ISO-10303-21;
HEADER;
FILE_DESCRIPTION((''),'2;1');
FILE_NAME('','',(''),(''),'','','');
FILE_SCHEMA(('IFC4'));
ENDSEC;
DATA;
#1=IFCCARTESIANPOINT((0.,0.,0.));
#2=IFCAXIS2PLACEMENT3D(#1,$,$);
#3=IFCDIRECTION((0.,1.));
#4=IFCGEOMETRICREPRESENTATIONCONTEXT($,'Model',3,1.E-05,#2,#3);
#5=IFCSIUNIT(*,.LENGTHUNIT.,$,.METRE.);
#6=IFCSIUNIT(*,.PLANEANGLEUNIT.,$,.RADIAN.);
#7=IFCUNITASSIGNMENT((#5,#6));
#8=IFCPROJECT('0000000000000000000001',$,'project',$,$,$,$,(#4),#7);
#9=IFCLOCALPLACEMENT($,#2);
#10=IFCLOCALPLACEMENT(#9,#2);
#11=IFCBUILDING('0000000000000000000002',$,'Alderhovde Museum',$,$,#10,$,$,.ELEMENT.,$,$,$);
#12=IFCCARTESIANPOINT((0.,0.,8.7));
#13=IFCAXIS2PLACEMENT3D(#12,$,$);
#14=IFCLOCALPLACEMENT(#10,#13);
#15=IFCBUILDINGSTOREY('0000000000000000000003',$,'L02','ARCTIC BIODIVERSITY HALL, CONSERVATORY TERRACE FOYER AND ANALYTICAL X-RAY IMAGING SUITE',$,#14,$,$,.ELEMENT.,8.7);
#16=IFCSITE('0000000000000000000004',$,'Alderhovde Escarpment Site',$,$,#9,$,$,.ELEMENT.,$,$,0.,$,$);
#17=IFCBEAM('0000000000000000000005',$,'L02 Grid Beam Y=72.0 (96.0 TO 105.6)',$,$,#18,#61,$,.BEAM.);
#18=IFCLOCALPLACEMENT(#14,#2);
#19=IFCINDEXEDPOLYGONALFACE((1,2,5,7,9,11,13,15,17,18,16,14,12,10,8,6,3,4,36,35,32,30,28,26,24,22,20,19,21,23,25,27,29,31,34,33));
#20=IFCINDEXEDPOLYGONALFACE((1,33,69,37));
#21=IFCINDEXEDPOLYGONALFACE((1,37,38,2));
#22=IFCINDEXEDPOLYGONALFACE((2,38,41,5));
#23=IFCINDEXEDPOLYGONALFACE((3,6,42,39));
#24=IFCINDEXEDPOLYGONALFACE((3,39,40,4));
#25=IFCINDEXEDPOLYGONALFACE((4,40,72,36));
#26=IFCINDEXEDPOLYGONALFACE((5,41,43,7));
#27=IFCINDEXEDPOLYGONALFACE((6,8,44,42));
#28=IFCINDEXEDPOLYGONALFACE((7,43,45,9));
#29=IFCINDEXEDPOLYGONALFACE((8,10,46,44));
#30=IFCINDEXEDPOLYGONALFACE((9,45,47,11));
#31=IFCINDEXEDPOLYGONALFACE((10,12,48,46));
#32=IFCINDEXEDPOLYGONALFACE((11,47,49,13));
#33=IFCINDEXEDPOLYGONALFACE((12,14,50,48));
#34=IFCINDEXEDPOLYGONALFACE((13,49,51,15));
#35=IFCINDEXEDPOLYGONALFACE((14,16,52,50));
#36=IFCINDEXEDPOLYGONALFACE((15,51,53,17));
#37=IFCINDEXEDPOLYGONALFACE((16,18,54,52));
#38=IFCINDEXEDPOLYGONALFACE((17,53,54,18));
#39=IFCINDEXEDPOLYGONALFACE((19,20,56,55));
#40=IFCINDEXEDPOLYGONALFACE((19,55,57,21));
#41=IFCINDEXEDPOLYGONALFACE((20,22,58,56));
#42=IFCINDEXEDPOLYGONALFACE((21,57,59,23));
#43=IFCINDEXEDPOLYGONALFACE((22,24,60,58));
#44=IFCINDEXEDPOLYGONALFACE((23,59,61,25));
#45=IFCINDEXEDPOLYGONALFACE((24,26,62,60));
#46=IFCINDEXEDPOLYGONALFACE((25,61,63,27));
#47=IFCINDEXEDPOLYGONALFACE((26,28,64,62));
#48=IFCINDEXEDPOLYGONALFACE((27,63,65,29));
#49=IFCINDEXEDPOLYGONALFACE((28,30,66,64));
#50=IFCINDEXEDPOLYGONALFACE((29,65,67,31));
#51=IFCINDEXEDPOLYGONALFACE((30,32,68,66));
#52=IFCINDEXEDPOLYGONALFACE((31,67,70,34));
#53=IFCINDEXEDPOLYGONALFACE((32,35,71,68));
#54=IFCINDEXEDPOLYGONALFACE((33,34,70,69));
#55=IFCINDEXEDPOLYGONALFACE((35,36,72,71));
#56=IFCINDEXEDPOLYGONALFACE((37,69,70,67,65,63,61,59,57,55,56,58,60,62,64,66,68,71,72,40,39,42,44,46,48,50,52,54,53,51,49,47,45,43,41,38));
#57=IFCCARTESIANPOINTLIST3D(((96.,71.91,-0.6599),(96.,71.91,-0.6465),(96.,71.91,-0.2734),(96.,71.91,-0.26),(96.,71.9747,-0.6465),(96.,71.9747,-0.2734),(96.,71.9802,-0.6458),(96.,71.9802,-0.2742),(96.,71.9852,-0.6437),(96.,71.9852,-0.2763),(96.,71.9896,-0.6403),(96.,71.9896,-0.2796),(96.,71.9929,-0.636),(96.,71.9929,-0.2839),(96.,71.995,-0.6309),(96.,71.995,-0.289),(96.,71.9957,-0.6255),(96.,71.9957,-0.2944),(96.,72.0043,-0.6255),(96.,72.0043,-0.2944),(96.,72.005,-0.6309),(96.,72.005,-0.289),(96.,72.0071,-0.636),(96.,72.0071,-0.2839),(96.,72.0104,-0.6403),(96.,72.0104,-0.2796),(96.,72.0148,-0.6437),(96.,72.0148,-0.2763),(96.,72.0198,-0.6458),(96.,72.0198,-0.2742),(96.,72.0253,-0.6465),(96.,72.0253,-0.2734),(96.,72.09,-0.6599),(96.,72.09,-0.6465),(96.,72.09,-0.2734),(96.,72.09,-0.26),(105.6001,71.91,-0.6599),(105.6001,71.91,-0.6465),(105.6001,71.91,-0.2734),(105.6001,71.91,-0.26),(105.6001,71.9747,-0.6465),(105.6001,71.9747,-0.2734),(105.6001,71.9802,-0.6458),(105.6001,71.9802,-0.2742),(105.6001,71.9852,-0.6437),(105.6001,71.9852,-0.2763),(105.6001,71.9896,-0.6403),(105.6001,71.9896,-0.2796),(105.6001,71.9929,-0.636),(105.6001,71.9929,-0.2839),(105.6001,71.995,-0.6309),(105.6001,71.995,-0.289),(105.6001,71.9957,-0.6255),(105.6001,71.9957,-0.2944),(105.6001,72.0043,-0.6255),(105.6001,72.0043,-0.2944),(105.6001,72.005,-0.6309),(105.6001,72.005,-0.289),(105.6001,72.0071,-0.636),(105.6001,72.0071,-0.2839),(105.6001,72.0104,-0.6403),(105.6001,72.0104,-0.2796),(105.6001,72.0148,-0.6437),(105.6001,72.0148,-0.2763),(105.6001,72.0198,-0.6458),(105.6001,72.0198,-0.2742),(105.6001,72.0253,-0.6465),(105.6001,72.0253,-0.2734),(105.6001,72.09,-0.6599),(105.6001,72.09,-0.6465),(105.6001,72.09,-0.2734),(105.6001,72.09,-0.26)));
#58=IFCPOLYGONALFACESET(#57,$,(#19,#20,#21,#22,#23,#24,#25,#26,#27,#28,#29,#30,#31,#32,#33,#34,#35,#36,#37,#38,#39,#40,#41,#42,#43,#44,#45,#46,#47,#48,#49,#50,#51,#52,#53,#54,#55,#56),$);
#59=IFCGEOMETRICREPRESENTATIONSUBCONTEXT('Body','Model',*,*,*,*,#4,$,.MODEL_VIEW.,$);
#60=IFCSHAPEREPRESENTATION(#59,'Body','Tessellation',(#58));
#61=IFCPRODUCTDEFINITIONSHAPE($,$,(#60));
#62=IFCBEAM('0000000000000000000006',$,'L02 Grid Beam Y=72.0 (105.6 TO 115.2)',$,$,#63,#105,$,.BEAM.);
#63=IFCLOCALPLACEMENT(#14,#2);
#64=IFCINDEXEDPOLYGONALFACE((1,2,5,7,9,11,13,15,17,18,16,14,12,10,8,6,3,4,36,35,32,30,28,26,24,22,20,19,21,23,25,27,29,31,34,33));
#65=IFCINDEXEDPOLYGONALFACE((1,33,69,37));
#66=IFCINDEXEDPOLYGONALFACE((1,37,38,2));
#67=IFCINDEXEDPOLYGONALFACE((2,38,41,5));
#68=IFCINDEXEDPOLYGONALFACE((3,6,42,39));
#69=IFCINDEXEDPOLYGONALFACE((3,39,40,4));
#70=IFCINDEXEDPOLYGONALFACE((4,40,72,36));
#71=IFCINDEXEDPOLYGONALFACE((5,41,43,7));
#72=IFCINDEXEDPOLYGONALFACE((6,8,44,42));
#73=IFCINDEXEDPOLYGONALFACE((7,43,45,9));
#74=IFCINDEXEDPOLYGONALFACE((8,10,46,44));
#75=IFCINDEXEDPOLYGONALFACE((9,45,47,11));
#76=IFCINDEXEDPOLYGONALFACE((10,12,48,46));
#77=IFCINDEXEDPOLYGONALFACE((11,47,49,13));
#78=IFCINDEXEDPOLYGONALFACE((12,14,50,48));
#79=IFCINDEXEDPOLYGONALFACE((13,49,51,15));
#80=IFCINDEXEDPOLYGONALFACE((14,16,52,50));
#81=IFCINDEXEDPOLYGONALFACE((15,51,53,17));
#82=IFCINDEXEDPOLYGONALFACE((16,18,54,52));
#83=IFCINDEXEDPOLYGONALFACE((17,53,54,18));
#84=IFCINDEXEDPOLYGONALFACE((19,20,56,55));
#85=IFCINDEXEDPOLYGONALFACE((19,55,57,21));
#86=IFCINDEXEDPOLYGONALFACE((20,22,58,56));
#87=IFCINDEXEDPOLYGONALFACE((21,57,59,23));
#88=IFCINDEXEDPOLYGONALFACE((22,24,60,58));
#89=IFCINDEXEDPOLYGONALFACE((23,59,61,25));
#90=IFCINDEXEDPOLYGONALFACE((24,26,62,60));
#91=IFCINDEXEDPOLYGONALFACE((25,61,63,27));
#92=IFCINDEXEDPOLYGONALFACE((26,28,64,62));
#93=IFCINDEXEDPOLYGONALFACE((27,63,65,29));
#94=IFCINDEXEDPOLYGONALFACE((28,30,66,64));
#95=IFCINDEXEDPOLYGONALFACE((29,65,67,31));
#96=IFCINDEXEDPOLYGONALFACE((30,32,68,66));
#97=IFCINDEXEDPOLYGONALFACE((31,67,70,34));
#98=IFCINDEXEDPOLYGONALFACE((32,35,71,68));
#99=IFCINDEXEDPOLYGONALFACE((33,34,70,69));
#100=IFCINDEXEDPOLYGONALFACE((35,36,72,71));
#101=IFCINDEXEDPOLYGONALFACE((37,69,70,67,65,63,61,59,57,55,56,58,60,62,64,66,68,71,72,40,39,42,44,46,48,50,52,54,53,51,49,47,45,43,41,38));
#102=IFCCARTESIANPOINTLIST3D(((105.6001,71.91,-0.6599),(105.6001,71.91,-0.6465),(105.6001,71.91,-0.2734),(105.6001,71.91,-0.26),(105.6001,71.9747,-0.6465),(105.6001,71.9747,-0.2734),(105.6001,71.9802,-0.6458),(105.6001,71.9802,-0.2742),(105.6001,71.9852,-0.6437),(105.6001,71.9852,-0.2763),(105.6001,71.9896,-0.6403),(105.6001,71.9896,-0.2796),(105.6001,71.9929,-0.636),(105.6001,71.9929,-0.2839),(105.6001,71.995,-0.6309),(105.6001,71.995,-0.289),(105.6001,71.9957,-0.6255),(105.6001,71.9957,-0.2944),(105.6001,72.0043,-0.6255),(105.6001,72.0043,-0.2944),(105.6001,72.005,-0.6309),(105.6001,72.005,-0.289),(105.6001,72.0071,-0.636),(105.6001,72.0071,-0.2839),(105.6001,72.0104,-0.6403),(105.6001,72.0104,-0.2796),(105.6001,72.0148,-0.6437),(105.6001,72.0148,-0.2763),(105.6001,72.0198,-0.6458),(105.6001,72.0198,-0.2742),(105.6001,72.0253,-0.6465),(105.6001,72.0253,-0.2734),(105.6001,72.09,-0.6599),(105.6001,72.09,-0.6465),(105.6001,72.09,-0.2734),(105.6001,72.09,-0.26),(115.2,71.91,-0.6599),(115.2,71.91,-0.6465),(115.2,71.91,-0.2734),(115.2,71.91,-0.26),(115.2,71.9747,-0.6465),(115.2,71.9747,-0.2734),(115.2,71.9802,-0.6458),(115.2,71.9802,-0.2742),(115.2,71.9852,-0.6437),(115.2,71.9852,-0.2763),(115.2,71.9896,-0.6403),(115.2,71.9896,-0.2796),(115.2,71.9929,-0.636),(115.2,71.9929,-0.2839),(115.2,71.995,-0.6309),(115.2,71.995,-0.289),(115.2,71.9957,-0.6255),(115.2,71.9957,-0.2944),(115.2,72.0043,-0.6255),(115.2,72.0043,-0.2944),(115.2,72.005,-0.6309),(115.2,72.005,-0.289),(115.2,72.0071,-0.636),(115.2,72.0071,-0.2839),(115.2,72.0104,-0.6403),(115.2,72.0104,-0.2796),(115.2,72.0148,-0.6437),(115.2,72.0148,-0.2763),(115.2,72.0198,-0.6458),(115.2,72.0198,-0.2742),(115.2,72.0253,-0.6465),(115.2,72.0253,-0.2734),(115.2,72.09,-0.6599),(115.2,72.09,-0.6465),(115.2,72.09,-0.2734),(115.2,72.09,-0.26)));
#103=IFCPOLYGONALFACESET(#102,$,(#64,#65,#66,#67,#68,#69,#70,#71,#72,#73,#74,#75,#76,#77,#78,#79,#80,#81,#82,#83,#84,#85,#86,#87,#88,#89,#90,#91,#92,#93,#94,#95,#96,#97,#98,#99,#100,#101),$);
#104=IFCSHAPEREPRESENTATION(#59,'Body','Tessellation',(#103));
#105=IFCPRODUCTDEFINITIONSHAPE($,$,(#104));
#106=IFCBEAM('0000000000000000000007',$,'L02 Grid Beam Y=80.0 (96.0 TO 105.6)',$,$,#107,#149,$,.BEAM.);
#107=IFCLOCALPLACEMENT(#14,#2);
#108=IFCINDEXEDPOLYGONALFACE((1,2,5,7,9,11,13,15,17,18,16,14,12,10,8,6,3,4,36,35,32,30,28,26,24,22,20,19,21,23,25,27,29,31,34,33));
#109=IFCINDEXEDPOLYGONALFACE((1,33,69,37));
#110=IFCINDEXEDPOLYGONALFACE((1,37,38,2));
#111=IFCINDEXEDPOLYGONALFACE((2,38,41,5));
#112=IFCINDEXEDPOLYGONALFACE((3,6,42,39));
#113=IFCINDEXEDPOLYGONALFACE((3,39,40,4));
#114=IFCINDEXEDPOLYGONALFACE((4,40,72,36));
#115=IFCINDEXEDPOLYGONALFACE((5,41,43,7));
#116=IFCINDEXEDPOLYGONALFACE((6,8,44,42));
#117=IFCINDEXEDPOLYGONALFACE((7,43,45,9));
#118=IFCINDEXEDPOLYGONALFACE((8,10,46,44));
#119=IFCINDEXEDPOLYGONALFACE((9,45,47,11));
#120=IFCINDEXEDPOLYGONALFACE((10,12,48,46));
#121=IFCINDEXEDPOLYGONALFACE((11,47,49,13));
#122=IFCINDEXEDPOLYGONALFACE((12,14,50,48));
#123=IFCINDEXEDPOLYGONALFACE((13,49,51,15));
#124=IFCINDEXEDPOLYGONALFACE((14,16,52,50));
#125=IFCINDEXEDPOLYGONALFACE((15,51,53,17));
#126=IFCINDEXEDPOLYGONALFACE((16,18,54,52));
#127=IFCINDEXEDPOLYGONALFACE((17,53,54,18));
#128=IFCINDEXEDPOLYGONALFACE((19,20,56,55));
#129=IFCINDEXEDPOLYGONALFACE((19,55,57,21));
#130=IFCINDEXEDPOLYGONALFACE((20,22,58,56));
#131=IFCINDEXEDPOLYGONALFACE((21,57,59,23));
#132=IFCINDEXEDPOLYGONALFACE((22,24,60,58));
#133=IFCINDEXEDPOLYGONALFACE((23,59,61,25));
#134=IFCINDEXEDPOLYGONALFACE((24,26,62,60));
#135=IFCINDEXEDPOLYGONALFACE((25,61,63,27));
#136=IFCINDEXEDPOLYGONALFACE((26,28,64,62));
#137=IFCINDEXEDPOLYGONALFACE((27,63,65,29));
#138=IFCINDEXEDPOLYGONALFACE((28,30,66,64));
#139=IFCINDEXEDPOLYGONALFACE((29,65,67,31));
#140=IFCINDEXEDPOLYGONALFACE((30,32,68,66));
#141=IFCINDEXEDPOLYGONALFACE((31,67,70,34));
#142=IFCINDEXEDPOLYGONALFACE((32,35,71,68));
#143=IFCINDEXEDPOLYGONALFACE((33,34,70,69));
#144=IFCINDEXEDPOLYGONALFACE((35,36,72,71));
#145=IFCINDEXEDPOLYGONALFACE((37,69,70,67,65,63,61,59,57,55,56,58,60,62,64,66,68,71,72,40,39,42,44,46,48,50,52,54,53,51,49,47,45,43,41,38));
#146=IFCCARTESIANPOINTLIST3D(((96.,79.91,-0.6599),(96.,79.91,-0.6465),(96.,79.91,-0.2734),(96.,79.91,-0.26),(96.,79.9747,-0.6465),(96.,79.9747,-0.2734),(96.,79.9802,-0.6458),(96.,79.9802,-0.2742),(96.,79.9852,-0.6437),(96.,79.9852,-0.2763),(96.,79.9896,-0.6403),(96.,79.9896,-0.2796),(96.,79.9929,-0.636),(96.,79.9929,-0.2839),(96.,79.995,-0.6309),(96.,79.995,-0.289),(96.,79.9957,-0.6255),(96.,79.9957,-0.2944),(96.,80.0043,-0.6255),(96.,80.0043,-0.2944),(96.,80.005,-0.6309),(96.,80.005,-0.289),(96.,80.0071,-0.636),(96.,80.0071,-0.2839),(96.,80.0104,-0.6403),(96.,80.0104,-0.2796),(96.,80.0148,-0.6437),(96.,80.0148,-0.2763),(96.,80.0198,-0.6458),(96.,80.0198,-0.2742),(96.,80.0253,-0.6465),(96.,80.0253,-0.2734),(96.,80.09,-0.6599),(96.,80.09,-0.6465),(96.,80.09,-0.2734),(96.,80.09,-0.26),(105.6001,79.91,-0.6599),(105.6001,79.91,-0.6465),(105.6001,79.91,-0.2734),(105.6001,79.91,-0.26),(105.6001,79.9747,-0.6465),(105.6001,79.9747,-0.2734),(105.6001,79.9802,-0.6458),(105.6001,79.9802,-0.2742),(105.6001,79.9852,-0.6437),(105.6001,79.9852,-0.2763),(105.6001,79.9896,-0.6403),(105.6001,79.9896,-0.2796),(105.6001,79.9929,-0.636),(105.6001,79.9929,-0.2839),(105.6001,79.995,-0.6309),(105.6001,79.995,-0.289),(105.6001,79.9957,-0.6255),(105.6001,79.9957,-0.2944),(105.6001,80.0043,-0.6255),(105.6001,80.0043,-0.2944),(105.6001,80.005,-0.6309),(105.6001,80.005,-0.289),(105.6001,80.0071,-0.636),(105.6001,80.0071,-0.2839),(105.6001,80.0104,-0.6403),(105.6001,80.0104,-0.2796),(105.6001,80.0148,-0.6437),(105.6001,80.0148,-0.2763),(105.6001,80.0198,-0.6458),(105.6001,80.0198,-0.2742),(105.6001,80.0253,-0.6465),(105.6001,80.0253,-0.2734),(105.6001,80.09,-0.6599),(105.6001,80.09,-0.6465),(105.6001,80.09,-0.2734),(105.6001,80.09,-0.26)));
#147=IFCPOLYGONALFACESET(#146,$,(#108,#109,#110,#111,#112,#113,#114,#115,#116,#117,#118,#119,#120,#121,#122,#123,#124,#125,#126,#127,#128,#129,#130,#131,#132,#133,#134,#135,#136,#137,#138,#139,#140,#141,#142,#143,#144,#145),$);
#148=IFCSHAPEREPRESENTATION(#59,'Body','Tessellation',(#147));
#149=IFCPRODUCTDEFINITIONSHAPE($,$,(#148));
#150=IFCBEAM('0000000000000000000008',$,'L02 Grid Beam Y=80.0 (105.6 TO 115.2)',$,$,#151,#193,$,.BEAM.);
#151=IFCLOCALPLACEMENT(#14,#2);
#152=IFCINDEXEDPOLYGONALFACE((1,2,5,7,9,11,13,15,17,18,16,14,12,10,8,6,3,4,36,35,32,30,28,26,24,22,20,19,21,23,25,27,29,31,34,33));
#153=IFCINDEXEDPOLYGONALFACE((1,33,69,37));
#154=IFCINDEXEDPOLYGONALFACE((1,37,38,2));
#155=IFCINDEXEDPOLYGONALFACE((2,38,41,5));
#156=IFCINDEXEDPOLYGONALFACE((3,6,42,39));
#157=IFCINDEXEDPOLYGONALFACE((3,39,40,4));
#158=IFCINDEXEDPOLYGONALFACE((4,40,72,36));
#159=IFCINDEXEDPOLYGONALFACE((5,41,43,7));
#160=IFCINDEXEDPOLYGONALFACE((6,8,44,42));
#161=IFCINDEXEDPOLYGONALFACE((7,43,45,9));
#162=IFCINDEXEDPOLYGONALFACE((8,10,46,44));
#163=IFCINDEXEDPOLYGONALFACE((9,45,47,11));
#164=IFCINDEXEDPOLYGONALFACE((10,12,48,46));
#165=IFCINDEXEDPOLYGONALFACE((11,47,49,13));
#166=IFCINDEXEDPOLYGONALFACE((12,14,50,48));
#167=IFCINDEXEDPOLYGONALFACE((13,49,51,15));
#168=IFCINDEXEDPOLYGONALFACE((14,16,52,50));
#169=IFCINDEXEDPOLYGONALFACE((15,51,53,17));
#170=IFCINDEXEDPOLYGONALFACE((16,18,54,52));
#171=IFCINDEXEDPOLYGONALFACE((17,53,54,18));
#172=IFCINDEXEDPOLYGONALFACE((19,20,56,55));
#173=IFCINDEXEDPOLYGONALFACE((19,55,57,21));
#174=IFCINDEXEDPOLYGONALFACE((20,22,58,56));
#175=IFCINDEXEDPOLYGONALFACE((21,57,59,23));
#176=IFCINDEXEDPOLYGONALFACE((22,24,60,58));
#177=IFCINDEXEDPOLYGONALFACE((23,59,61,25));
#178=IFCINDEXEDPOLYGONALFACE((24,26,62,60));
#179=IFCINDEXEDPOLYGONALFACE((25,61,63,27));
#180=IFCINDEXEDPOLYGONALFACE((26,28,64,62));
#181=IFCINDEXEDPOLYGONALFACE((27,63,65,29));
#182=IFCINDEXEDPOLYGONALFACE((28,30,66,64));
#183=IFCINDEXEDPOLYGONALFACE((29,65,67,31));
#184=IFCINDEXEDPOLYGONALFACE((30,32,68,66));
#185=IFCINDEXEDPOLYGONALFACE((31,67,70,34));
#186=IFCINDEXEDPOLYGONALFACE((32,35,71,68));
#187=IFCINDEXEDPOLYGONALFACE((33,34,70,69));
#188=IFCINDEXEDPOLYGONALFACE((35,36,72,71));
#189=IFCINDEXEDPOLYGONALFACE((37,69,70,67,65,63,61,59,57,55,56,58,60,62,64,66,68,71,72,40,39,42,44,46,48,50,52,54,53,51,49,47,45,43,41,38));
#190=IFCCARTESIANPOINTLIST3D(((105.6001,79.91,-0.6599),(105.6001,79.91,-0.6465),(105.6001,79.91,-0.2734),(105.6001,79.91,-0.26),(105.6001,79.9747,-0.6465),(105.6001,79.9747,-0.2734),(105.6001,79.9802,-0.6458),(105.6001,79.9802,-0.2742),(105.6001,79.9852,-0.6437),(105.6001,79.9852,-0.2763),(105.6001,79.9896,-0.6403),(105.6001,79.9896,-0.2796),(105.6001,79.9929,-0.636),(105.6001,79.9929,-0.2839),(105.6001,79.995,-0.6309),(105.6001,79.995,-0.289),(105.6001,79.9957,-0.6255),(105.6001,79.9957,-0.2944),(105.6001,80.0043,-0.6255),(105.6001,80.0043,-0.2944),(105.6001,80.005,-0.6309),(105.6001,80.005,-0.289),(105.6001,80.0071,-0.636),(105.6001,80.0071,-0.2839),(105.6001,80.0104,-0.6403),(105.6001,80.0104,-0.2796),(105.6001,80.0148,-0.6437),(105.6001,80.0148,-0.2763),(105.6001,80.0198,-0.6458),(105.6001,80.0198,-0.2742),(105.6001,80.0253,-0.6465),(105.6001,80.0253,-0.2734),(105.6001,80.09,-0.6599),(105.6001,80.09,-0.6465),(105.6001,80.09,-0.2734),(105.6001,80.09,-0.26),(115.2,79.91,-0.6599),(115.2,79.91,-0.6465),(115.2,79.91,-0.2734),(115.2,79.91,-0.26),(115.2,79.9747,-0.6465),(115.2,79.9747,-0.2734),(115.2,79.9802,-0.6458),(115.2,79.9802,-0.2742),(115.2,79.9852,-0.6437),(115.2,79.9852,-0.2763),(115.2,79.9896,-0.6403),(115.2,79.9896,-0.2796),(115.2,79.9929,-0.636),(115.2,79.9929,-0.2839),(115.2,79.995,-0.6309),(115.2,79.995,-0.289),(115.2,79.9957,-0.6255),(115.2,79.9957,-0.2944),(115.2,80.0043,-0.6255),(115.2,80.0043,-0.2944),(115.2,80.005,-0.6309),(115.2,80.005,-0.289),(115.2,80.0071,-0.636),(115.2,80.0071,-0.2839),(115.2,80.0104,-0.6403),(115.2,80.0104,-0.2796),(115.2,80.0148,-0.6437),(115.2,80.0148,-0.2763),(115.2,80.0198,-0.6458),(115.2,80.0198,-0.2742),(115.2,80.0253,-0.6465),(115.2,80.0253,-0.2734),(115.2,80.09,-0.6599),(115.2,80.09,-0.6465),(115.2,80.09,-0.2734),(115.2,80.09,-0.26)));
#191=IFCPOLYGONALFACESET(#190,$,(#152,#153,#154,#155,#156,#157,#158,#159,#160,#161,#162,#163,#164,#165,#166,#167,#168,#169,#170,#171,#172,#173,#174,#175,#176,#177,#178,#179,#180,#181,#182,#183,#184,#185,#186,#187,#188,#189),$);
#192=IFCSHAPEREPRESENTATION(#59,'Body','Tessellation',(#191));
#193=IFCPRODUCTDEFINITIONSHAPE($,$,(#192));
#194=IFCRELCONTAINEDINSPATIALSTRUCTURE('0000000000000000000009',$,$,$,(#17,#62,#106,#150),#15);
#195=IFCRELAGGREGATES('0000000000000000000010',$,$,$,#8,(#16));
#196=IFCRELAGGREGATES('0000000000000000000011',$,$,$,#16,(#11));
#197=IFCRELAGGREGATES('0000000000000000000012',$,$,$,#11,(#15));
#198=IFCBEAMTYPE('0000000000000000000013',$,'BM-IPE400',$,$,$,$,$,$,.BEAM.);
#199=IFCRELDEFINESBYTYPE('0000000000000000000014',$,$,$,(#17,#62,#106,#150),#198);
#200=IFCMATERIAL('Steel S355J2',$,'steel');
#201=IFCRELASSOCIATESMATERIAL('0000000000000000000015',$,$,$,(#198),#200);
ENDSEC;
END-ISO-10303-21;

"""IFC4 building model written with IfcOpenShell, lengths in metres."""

from ifc_helpers import new_model, si_unit, direction, frame, origin, origin_2d, place, context, subcontext, project, spatial, i_section, extrude, material, material_profile, profile_set, type_object, element, save


model = new_model("IFC4")

# Units and contexts
model_context = context("Model", 3, precision=1e-05, world=origin(), true_north=direction((0.0, 1.0)))
body_context = subcontext(model_context, "Body", "Model", "MODEL_VIEW")
ifc_project = project(units=[si_unit("LENGTHUNIT", "METRE"), si_unit("PLANEANGLEUNIT", "RADIAN")], contexts=[model_context])

# Site, building, storey
site_placement = place(None, origin())
site = spatial("IfcSite", under=ifc_project, at=site_placement, Name="Alderhovde Escarpment Site", CompositionType="ELEMENT", RefElevation=0.0)
building_placement = place(site_placement, origin())
building = spatial("IfcBuilding", under=site, at=building_placement, Name="Alderhovde Museum", CompositionType="ELEMENT")
storey_placement = place(building_placement, frame((0.0, 0.0, 8.7)))
storey = spatial("IfcBuildingStorey", under=building, at=storey_placement, Name="L02", Description="ARCTIC BIODIVERSITY HALL, CONSERVATORY TERRACE FOYER AND ANALYTICAL X-RAY IMAGING SUITE", CompositionType="ELEMENT", Elevation=8.7)

# Beams
ifc_material_1 = material(Name="Steel S355J2", Category="steel")
ifc_material_profile_1 = material_profile(ifc_material_1, i_section(OverallWidth=0.1799, OverallDepth=0.3999, WebThickness=0.0085, FlangeThickness=0.0134, FilletRadius=0.021, at=origin_2d()), Name="IPE 400")
ifc_profile_set_1 = profile_set([ifc_material_profile_1], Name="Steel S355J2")
beam_type_1 = type_object("IfcBeamType", Name="BM-IPE400", PredefinedType="BEAM", material=ifc_profile_set_1)
beam_1_placement = place(storey_placement, frame((96.0, 72.0, -0.46), z_axis=(1.0, 0.0, 0.0), x_axis=(0.0, 1.0, 0.0)))
element("IfcBeam", 1, at=beam_1_placement, inside=storey, type_object=beam_type_1, Name="L02 Grid Beam Y=72.0 (96.0 TO 105.6)", PredefinedType="BEAM", context=body_context, shape_type="SweptSolid", body=[
    extrude(i_section(OverallWidth=0.1799, OverallDepth=0.3999, WebThickness=0.0085, FlangeThickness=0.0134, FilletRadius=0.021, at=origin_2d()), origin(), (0.0, 0.0, 1.0), 9.6001),
])
beam_2_placement = place(storey_placement, frame((105.6001, 72.0, -0.46), z_axis=(1.0, 0.0, 0.0), x_axis=(0.0, 1.0, 0.0)))
element("IfcBeam", 2, at=beam_2_placement, inside=storey, type_object=beam_type_1, Name="L02 Grid Beam Y=72.0 (105.6 TO 115.2)", PredefinedType="BEAM", context=body_context, shape_type="SweptSolid", body=[
    extrude(i_section(OverallWidth=0.1799, OverallDepth=0.3999, WebThickness=0.0085, FlangeThickness=0.0134, FilletRadius=0.021, at=origin_2d()), origin(), (0.0, 0.0, 1.0), 9.5999),
])
beam_3_placement = place(storey_placement, frame((96.0, 80.0, -0.46), z_axis=(1.0, 0.0, 0.0), x_axis=(0.0, 1.0, 0.0)))
element("IfcBeam", 3, at=beam_3_placement, inside=storey, type_object=beam_type_1, Name="L02 Grid Beam Y=80.0 (96.0 TO 105.6)", PredefinedType="BEAM", context=body_context, shape_type="SweptSolid", body=[
    extrude(i_section(OverallWidth=0.1799, OverallDepth=0.3999, WebThickness=0.0085, FlangeThickness=0.0134, FilletRadius=0.021, at=origin_2d()), origin(), (0.0, 0.0, 1.0), 9.6001),
])
beam_4_placement = place(storey_placement, frame((105.6001, 80.0, -0.46), z_axis=(1.0, 0.0, 0.0), x_axis=(0.0, 1.0, 0.0)))
element("IfcBeam", 4, at=beam_4_placement, inside=storey, type_object=beam_type_1, Name="L02 Grid Beam Y=80.0 (105.6 TO 115.2)", PredefinedType="BEAM", context=body_context, shape_type="SweptSolid", body=[
    extrude(i_section(OverallWidth=0.1799, OverallDepth=0.3999, WebThickness=0.0085, FlangeThickness=0.0134, FilletRadius=0.021, at=origin_2d()), origin(), (0.0, 0.0, 1.0), 9.5999),
])

save(model, "model.ifc")
